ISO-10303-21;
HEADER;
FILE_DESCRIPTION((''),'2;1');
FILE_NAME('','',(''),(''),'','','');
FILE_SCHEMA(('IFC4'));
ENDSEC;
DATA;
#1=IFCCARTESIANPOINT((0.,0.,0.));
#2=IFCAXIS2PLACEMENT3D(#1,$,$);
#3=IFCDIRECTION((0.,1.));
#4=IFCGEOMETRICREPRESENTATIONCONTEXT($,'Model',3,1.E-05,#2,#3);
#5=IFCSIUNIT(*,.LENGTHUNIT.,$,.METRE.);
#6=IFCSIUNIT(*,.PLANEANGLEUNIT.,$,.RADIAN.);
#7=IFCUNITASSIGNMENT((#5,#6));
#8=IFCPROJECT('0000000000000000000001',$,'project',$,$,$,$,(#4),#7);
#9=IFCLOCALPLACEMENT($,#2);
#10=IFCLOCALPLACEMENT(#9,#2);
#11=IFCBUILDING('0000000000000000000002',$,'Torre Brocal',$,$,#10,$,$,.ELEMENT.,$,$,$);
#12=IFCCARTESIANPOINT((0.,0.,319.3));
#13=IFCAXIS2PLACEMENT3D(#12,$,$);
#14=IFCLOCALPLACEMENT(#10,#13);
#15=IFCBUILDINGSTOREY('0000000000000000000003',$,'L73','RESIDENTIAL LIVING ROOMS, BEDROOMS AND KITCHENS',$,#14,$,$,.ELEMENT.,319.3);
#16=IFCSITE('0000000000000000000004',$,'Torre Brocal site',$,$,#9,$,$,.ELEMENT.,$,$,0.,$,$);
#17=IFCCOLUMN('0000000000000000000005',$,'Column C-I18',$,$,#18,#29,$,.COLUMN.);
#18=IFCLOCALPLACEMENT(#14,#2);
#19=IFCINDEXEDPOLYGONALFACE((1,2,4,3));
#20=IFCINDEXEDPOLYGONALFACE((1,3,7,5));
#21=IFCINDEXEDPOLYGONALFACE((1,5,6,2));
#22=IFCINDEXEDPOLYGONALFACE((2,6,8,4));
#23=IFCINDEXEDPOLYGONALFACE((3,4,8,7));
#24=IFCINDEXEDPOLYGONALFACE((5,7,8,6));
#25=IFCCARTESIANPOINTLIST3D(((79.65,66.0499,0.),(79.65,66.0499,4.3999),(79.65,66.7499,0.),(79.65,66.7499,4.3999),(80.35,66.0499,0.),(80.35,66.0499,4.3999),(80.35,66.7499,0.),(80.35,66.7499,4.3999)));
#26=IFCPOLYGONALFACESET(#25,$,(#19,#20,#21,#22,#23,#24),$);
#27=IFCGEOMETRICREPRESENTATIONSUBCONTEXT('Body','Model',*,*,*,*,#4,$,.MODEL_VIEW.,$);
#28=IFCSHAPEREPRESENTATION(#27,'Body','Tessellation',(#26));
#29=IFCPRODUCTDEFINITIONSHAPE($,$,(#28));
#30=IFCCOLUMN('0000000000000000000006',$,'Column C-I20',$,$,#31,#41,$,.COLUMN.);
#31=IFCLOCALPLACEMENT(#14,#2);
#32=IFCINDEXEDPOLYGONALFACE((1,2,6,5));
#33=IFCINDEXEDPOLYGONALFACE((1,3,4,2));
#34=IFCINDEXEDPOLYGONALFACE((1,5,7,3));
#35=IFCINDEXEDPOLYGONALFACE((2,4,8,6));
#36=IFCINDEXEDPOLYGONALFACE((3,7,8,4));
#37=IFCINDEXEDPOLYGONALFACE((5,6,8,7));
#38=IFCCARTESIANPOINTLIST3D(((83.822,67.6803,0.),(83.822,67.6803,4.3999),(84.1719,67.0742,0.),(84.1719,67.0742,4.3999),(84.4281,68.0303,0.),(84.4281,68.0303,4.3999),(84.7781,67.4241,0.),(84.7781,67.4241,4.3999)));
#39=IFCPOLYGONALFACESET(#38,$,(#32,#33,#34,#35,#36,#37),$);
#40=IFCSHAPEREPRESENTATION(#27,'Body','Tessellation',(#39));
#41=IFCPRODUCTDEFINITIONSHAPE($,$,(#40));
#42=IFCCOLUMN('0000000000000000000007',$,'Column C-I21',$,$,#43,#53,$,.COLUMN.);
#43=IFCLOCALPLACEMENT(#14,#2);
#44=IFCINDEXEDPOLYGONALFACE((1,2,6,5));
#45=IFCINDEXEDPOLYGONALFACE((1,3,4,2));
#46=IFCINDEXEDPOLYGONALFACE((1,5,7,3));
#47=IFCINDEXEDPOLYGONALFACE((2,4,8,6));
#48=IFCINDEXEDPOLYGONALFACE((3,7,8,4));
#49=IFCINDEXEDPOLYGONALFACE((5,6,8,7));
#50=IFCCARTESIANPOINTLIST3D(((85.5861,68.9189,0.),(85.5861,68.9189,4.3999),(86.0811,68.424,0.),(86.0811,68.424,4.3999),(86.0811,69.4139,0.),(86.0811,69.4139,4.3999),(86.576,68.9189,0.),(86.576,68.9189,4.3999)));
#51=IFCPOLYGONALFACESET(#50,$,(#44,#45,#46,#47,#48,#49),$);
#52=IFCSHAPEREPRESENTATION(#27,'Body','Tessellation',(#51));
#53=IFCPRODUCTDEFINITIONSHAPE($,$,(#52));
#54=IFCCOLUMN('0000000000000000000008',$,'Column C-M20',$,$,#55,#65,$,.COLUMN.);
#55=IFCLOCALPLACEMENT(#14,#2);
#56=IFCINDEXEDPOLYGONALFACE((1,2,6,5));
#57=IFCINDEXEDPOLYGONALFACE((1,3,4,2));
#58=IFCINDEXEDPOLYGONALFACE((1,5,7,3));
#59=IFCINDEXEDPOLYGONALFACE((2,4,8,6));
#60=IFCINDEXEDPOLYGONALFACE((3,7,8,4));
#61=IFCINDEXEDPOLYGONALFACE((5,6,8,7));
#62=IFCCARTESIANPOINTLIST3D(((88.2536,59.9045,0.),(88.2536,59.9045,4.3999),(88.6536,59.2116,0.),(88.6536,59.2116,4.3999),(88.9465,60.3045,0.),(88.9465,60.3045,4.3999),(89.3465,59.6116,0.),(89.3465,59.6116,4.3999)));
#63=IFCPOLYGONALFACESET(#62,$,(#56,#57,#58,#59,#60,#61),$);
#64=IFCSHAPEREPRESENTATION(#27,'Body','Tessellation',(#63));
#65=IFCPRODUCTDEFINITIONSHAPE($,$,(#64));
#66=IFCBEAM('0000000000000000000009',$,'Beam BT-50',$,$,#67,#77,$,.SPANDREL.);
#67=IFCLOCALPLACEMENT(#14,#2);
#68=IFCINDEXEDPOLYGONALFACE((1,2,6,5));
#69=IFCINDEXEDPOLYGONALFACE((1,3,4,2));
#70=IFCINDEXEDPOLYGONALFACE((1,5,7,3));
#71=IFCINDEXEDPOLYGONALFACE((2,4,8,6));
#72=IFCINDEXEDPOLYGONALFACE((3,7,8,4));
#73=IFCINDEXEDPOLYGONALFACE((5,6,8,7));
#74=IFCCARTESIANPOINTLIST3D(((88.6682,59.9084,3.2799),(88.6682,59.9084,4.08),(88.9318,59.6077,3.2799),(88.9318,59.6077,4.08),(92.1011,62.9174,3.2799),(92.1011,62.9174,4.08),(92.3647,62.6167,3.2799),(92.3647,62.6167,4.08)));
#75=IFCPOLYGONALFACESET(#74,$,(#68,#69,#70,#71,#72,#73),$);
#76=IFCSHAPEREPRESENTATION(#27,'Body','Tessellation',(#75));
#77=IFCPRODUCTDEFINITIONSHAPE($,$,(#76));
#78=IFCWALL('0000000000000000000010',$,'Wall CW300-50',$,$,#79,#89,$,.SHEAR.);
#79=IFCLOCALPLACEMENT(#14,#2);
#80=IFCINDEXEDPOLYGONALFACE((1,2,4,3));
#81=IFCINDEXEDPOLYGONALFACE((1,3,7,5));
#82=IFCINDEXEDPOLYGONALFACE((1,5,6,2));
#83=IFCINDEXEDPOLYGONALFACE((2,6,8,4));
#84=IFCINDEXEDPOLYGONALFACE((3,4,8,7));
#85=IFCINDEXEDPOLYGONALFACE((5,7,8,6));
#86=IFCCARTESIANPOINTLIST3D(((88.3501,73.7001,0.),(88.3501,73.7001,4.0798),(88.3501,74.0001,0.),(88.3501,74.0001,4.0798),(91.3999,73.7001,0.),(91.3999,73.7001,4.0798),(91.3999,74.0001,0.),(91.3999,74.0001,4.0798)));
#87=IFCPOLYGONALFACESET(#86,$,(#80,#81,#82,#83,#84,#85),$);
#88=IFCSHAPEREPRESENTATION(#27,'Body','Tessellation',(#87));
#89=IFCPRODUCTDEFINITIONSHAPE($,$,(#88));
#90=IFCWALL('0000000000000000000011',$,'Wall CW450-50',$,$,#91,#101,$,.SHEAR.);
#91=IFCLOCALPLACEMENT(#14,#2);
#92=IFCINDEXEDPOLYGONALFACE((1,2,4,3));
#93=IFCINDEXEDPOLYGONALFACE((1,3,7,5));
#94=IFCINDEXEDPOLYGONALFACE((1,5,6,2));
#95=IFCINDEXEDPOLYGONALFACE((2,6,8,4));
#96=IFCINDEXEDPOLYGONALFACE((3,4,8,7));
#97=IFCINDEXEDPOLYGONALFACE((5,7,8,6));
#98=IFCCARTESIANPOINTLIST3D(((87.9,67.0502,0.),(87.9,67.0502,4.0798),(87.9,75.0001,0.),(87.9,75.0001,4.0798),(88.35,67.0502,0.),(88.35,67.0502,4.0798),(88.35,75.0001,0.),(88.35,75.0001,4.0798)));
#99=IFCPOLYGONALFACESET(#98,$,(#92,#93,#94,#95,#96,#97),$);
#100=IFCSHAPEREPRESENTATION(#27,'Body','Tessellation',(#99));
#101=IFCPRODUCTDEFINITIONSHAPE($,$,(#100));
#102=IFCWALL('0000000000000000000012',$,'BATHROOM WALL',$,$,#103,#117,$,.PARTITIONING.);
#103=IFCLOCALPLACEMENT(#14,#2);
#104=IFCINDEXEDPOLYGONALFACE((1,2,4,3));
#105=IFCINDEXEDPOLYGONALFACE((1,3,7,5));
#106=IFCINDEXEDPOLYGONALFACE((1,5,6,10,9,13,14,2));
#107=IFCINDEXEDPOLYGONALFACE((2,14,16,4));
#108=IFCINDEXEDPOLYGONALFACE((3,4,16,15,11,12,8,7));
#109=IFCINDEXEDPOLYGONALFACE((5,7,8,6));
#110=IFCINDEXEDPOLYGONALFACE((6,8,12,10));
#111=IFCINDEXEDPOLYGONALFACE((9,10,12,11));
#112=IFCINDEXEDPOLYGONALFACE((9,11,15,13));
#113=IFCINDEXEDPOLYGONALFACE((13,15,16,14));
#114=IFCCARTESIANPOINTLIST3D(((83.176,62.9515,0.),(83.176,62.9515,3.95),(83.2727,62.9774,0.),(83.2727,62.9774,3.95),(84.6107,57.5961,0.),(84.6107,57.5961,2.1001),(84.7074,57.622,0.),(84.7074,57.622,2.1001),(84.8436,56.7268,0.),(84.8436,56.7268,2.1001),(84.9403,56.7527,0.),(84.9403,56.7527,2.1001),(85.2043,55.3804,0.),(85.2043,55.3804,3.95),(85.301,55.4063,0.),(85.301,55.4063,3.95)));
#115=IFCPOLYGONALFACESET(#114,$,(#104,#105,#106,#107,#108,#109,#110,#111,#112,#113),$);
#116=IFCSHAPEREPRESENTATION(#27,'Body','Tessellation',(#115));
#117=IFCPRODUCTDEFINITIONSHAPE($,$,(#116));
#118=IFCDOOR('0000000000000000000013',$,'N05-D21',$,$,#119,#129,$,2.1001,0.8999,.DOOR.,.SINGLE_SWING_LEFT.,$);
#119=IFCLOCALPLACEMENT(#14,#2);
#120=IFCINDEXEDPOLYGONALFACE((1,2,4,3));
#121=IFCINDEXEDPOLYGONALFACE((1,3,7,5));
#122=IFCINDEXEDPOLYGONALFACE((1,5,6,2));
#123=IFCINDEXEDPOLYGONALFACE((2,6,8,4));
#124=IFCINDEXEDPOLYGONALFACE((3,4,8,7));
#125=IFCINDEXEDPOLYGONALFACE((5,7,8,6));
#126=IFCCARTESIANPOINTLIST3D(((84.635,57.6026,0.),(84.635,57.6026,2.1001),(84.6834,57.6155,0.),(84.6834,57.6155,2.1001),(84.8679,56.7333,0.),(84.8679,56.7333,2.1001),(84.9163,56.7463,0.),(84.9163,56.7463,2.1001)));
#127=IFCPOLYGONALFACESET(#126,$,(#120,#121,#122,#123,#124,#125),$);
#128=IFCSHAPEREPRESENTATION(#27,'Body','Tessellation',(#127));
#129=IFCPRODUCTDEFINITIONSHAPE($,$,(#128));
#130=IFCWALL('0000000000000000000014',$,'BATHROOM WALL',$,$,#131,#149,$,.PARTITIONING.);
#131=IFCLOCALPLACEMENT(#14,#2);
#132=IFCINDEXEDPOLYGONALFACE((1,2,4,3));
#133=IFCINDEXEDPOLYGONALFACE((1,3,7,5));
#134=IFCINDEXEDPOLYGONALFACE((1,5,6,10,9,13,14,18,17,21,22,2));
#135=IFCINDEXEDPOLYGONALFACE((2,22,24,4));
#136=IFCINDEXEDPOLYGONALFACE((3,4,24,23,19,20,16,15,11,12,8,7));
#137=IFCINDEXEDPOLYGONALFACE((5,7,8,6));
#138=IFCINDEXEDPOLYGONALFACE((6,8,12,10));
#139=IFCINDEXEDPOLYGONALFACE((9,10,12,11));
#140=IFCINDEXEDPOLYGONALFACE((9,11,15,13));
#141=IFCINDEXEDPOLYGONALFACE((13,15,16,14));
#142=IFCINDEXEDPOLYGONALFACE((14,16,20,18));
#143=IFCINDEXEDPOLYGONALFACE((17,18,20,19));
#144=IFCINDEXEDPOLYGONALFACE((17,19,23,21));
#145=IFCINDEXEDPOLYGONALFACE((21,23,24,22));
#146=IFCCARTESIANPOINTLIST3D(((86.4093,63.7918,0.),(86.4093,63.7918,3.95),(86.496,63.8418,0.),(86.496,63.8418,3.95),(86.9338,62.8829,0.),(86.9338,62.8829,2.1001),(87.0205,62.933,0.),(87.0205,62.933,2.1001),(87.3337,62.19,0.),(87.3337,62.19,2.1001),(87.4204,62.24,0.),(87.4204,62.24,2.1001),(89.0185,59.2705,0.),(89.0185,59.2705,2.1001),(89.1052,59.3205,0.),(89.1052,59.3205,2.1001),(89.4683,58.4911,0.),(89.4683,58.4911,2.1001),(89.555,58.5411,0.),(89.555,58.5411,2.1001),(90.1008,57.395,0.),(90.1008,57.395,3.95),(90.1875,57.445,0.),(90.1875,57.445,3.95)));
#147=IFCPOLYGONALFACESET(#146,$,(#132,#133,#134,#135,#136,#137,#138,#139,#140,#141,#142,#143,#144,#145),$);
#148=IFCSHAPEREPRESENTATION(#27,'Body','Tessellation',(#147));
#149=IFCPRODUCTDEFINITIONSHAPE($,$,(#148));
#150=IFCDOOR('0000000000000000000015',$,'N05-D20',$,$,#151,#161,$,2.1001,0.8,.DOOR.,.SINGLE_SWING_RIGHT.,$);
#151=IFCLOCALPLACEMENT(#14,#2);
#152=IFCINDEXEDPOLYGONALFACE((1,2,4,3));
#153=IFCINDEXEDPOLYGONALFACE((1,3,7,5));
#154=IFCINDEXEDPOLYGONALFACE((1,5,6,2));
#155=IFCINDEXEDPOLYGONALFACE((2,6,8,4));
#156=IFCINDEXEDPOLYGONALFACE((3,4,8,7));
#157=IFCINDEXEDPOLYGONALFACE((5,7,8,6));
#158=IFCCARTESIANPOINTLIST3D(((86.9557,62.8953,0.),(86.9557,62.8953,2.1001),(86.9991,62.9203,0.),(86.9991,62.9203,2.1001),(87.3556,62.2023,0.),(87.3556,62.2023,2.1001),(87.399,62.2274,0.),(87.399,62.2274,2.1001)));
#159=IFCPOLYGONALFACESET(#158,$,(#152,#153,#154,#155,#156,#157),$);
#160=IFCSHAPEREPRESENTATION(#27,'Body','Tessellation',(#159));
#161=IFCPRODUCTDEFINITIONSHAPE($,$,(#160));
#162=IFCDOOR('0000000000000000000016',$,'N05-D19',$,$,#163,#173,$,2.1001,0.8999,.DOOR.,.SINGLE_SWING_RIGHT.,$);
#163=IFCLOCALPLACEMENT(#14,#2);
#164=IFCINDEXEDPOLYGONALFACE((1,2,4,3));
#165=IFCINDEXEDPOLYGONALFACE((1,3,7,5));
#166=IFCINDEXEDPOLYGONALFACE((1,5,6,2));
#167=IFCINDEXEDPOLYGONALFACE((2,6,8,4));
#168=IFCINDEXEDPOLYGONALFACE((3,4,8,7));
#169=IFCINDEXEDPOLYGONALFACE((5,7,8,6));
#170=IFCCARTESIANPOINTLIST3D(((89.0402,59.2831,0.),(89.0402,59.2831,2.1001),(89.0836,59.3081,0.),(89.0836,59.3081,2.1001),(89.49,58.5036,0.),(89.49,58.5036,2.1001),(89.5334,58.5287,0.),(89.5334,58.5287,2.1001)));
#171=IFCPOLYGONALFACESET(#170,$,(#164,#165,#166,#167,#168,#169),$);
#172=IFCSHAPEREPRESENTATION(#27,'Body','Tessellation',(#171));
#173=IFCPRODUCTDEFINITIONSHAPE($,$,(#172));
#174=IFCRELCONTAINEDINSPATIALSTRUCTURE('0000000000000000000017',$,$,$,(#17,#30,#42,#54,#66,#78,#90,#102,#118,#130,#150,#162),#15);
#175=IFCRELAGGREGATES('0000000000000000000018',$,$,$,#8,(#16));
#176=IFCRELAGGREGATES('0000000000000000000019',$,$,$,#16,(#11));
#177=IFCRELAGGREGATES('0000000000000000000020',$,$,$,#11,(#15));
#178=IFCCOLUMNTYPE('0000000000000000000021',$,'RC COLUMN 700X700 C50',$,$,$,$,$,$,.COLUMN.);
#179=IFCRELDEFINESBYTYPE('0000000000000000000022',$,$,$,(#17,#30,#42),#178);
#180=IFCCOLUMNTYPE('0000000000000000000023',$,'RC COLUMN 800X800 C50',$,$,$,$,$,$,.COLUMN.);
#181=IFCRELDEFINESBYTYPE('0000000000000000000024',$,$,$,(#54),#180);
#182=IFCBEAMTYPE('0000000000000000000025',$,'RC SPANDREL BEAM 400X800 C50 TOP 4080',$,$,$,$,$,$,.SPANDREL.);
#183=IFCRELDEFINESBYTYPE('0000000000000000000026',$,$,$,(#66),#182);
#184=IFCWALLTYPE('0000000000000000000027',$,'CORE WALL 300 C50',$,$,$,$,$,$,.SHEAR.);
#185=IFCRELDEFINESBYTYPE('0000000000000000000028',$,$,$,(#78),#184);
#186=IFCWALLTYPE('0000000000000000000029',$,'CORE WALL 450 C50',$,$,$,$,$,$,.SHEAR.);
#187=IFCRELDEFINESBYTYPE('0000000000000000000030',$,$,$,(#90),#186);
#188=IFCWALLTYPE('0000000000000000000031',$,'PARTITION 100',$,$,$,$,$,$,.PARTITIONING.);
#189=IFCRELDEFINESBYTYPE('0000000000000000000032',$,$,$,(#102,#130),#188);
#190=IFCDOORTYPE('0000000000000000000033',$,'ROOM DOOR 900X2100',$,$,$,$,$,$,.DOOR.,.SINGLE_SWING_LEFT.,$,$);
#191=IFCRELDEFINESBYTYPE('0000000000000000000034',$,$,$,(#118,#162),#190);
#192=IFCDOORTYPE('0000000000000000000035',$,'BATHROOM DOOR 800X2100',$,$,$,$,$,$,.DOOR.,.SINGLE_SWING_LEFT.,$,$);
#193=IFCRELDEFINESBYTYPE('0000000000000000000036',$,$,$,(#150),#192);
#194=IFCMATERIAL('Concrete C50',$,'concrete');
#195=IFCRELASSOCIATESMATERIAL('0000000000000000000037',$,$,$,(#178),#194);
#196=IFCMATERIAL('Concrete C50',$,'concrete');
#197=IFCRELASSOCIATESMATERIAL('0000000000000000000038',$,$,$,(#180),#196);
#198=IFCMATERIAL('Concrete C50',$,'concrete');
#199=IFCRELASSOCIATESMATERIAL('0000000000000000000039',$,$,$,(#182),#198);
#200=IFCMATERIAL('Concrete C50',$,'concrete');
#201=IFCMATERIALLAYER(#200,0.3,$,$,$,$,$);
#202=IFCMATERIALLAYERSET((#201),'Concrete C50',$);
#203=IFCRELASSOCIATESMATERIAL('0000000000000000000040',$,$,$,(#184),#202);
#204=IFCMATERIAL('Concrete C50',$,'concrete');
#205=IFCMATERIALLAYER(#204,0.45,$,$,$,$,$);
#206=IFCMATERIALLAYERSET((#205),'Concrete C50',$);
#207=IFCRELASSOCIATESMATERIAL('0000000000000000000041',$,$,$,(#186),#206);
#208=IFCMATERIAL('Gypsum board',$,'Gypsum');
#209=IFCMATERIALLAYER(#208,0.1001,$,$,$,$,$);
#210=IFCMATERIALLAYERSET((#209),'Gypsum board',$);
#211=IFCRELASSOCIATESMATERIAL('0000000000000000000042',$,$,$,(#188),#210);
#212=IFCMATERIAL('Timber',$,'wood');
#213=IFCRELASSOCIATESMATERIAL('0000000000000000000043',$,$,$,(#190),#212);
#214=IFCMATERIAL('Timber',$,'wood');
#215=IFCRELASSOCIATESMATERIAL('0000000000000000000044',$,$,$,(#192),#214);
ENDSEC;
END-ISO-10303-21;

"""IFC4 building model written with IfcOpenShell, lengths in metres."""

from ifc_helpers import new_model, si_unit, direction, frame, frame_2d, origin, origin_2d, place, context, subcontext, project, spatial, rectangle, extrude, material, layer, layer_set, material_profile, profile_set, type_object, element, fill, save


model = new_model("IFC4")

# Units and contexts
model_context = context("Model", 3, precision=1e-05, world=origin(), true_north=direction((0.0, 1.0)))
body_context = subcontext(model_context, "Body", "Model", "MODEL_VIEW")
ifc_project = project(units=[si_unit("LENGTHUNIT", "METRE"), si_unit("PLANEANGLEUNIT", "RADIAN")], contexts=[model_context])

# Site, building, storey
site_placement = place(None, origin())
site = spatial("IfcSite", under=ifc_project, at=site_placement, Name="Torre Brocal site", CompositionType="ELEMENT", RefElevation=0.0)
building_placement = place(site_placement, origin())
building = spatial("IfcBuilding", under=site, at=building_placement, Name="Torre Brocal", CompositionType="ELEMENT")
storey_placement = place(building_placement, frame((0.0, 0.0, 319.3)))
storey = spatial("IfcBuildingStorey", under=building, at=storey_placement, Name="L73", Description="RESIDENTIAL LIVING ROOMS, BEDROOMS AND KITCHENS", CompositionType="ELEMENT", Elevation=319.3)

# Columns
ifc_material_1 = material(Name="Concrete C50", Category="concrete")
ifc_material_profile_1 = material_profile(ifc_material_1, rectangle(XDim=0.7, YDim=0.7, at=origin_2d()), Name="RC 700X700")
ifc_profile_set_1 = profile_set([ifc_material_profile_1], Name="Concrete C50")
column_type_1 = type_object("IfcColumnType", Name="RC COLUMN 700X700 C50", PredefinedType="COLUMN", material=ifc_profile_set_1)
for number, where, z_axis, x_axis, name in (
    (1, (80.0, 66.3999, 0.0), (0.0, 0.0, 1.0), (0.0, -1.0, 0.0), "Column C-I18"),
    (2, (84.3, 67.5522, 0.0), (0.0, 0.0, 1.0), (0.5, -0.866025, 0.0), "Column C-I20"),
    (3, (86.0811, 68.9189, 0.0), (0.0, 0.0, 1.0), (0.707107, -0.707107, 0.0), "Column C-I21"),
):
    element("IfcColumn", number, at=place(storey_placement, frame(where, z_axis=z_axis, x_axis=x_axis)), inside=storey, type_object=column_type_1, Name=name, PredefinedType="COLUMN", context=body_context, shape_type="SweptSolid", body=[
        extrude(rectangle(XDim=0.7, YDim=0.7, at=origin_2d()), origin(), (0.0, 0.0, 1.0), 4.3999),
    ])
ifc_material_2 = material(Name="Concrete C50", Category="concrete")
ifc_material_profile_2 = material_profile(ifc_material_2, rectangle(XDim=0.8, YDim=0.8, at=origin_2d()), Name="RC 800X800")
ifc_profile_set_2 = profile_set([ifc_material_profile_2], Name="Concrete C50")
column_type_2 = type_object("IfcColumnType", Name="RC COLUMN 800X800 C50", PredefinedType="COLUMN", material=ifc_profile_set_2)
column_placement = place(storey_placement, frame((88.8, 59.7581, 0.0), z_axis=(0.0, 0.0, 1.0), x_axis=(0.5, -0.866025, 0.0)))
element("IfcColumn", 4, at=column_placement, inside=storey, type_object=column_type_2, Name="Column C-M20", PredefinedType="COLUMN", context=body_context, shape_type="SweptSolid", body=[
    extrude(rectangle(XDim=0.8, YDim=0.8, at=origin_2d()), origin(), (0.0, 0.0, 1.0), 4.3999),
])

# Beam
ifc_material_3 = material(Name="Concrete C50", Category="concrete")
ifc_material_profile_3 = material_profile(ifc_material_3, rectangle(XDim=0.3999, YDim=0.8, at=origin_2d()), Name="RC 400X800")
ifc_profile_set_3 = profile_set([ifc_material_profile_3], Name="Concrete C50")
beam_type = type_object("IfcBeamType", Name="RC SPANDREL BEAM 400X800 C50 TOP 4080", PredefinedType="SPANDREL", material=ifc_profile_set_3)
beam_placement = place(storey_placement, frame((88.8, 59.7581, 3.6799), z_axis=(0.752003, 0.659159, 0.0), x_axis=(-0.659159, 0.752003, 0.0)))
element("IfcBeam", 5, at=beam_placement, inside=storey, type_object=beam_type, Name="Beam BT-50", PredefinedType="SPANDREL", context=body_context, shape_type="SweptSolid", body=[
    extrude(rectangle(XDim=0.3999, YDim=0.8, at=origin_2d()), origin(), (0.0, 0.0, 1.0), 4.5649),
])

# Wall
ifc_material_4 = material(Name="Concrete C50", Category="concrete")
ifc_layer_1 = layer(ifc_material_4, 0.3)
ifc_layer_set_1 = layer_set([ifc_layer_1], Name="Concrete C50")
wall_type_1 = type_object("IfcWallType", Name="CORE WALL 300 C50", PredefinedType="SHEAR", material=ifc_layer_set_1)
wall_1_placement = place(storey_placement, frame((88.3501, 73.8501, 0.0), z_axis=(0.0, 0.0, 1.0), x_axis=(1.0, 0.0, 0.0)))
element("IfcWall", 6, at=wall_1_placement, inside=storey, type_object=wall_type_1, Name="Wall CW300-50", PredefinedType="SHEAR", context=body_context, shape_type="SweptSolid", body=[
    extrude(rectangle(XDim=3.0498, YDim=0.3, at=frame_2d((1.5249, 0.0))), origin(), (0.0, 0.0, 1.0), 4.0798),
])

# Shared definitions
ifc_material_5 = material(Name="Concrete C50", Category="concrete")
ifc_layer_2 = layer(ifc_material_5, 0.45)
ifc_layer_set_2 = layer_set([ifc_layer_2], Name="Concrete C50")
wall_type_2 = type_object("IfcWallType", Name="CORE WALL 450 C50", PredefinedType="SHEAR", material=ifc_layer_set_2)

# Wall
wall_2_placement = place(storey_placement, frame((88.125, 67.05, 0.0), z_axis=(0.0, 0.0, 1.0), x_axis=(0.0, 1.0, 0.0)))
element("IfcWall", 7, at=wall_2_placement, inside=storey, type_object=wall_type_2, Name="Wall CW450-50", PredefinedType="SHEAR", context=body_context, shape_type="SweptSolid", body=[
    extrude(rectangle(XDim=7.95, YDim=0.45, at=frame_2d((3.9751, 0.0))), origin(), (0.0, 0.0, 1.0), 4.0798),
])

# Wall, opening, door
ifc_material_6 = material(Name="Gypsum board", Category="Gypsum")
ifc_layer_3 = layer(ifc_material_6, 0.1001)
ifc_layer_set_3 = layer_set([ifc_layer_3], Name="Gypsum board")
wall_type_3 = type_object("IfcWallType", Name="PARTITION 100", PredefinedType="PARTITIONING", material=ifc_layer_set_3)
wall_3_placement = place(storey_placement, frame((83.2244, 62.9644, 0.0), z_axis=(0.0, 0.0, 1.0), x_axis=(0.258779, -0.965937, 0.0)))
wall_3 = element("IfcWall", 8, at=wall_3_placement, inside=storey, type_object=wall_type_3, Name="BATHROOM WALL", PredefinedType="PARTITIONING", context=body_context, shape_type="SweptSolid", body=[
    extrude(rectangle(XDim=7.8381, YDim=0.1001, at=frame_2d((3.9189, 0.0))), origin(), (0.0, 0.0, 1.0), 3.95),
])
opening_1_placement = place(wall_3_placement, frame((5.5442, 0.0, 0.0)))
opening_1 = element("IfcOpeningElement", 9, at=opening_1_placement, cuts=wall_3, PredefinedType="OPENING", context=body_context, shape_type="SweptSolid", body=[
    extrude(rectangle(XDim=0.8999, YDim=2.1001, at=frame_2d((0.45, 1.05))), frame((0.0, 0.0601, 0.0), z_axis=(0.0, -1.0, 0.0), x_axis=(1.0, 0.0, 0.0)), (0.0, 0.0, 1.0), 0.1201),
])
ifc_material_7 = material(Name="Timber", Category="wood")
door_type_1 = type_object("IfcDoorType", Name="ROOM DOOR 900X2100", OperationType="SINGLE_SWING_LEFT", PredefinedType="DOOR", material=ifc_material_7)
door_1_placement = place(opening_1_placement, frame((0.8999, 0.0, 0.0), z_axis=(0.0, 0.0, 1.0), x_axis=(-1.0, 0.0, 0.0)))
door_1 = element("IfcDoor", 10, at=door_1_placement, inside=storey, type_object=door_type_1, Name="N05-D21", OperationType="SINGLE_SWING_LEFT", OverallHeight=2.1001, OverallWidth=0.8999, PredefinedType="DOOR", context=body_context, shape_type="SweptSolid", body=[
    extrude(rectangle(XDim=0.8999, YDim=2.1001, at=frame_2d((0.45, 1.05))), frame((0.0, 0.0249, 0.0), z_axis=(0.0, -1.0, 0.0), x_axis=(1.0, 0.0, 0.0)), (0.0, 0.0, 1.0), 0.05),
])
fill(opening_1, door_1)

# Wall, openings, doors
wall_4_placement = place(storey_placement, frame((86.4526, 63.8169, 0.0), z_axis=(0.0, 0.0, 1.0), x_axis=(0.499823, -0.866128, 0.0)))
wall_4 = element("IfcWall", 11, at=wall_4_placement, inside=storey, type_object=wall_type_3, Name="BATHROOM WALL", PredefinedType="PARTITIONING", context=body_context, shape_type="SweptSolid", body=[
    extrude(rectangle(XDim=7.3855, YDim=0.1001, at=frame_2d((3.6929, 0.0))), origin(), (0.0, 0.0, 1.0), 3.95),
])
opening_2_placement = place(wall_4_placement, frame((5.2202, 0.0, 0.0)))
opening_2 = element("IfcOpeningElement", 12, at=opening_2_placement, cuts=wall_4, PredefinedType="OPENING", context=body_context, shape_type="SweptSolid", body=[
    extrude(rectangle(XDim=0.8999, YDim=2.1001, at=frame_2d((0.45, 1.05))), frame((0.0, 0.0601, 0.0), z_axis=(0.0, -1.0, 0.0), x_axis=(1.0, 0.0, 0.0)), (0.0, 0.0, 1.0), 0.1201),
])
opening_3_placement = place(wall_4_placement, frame((1.0496, 0.0, 0.0)))
opening_3 = element("IfcOpeningElement", 13, at=opening_3_placement, cuts=wall_4, PredefinedType="OPENING", context=body_context, shape_type="SweptSolid", body=[
    extrude(rectangle(XDim=0.8, YDim=2.1001, at=frame_2d((0.3999, 1.05))), frame((0.0, 0.0601, 0.0), z_axis=(0.0, -1.0, 0.0), x_axis=(1.0, 0.0, 0.0)), (0.0, 0.0, 1.0), 0.1201),
])
ifc_material_8 = material(Name="Timber", Category="wood")
door_type_2 = type_object("IfcDoorType", Name="BATHROOM DOOR 800X2100", OperationType="SINGLE_SWING_LEFT", PredefinedType="DOOR", material=ifc_material_8)
door_2_placement = place(opening_3_placement, frame((0.8, 0.0, 0.0), z_axis=(0.0, 0.0, 1.0), x_axis=(-1.0, 0.0, 0.0)))
door_2 = element("IfcDoor", 14, at=door_2_placement, inside=storey, type_object=door_type_2, Name="N05-D20", OperationType="SINGLE_SWING_RIGHT", OverallHeight=2.1001, OverallWidth=0.8, PredefinedType="DOOR", context=body_context, shape_type="SweptSolid", body=[
    extrude(rectangle(XDim=0.8, YDim=2.1001, at=frame_2d((0.3999, 1.05))), frame((0.0, 0.0249, 0.0), z_axis=(0.0, -1.0, 0.0), x_axis=(1.0, 0.0, 0.0)), (0.0, 0.0, 1.0), 0.05),
])
fill(opening_3, door_2)
door_3_placement = place(opening_2_placement, frame((0.8999, 0.0, 0.0), z_axis=(0.0, 0.0, 1.0), x_axis=(-1.0, 0.0, 0.0)))
door_3 = element("IfcDoor", 15, at=door_3_placement, inside=storey, type_object=door_type_1, Name="N05-D19", OperationType="SINGLE_SWING_RIGHT", OverallHeight=2.1001, OverallWidth=0.8999, PredefinedType="DOOR", context=body_context, shape_type="SweptSolid", body=[
    extrude(rectangle(XDim=0.8999, YDim=2.1001, at=frame_2d((0.45, 1.05))), frame((0.0, 0.0249, 0.0), z_axis=(0.0, -1.0, 0.0), x_axis=(1.0, 0.0, 0.0)), (0.0, 0.0, 1.0), 0.05),
])
fill(opening_2, door_3)

save(model, "model.ifc")
